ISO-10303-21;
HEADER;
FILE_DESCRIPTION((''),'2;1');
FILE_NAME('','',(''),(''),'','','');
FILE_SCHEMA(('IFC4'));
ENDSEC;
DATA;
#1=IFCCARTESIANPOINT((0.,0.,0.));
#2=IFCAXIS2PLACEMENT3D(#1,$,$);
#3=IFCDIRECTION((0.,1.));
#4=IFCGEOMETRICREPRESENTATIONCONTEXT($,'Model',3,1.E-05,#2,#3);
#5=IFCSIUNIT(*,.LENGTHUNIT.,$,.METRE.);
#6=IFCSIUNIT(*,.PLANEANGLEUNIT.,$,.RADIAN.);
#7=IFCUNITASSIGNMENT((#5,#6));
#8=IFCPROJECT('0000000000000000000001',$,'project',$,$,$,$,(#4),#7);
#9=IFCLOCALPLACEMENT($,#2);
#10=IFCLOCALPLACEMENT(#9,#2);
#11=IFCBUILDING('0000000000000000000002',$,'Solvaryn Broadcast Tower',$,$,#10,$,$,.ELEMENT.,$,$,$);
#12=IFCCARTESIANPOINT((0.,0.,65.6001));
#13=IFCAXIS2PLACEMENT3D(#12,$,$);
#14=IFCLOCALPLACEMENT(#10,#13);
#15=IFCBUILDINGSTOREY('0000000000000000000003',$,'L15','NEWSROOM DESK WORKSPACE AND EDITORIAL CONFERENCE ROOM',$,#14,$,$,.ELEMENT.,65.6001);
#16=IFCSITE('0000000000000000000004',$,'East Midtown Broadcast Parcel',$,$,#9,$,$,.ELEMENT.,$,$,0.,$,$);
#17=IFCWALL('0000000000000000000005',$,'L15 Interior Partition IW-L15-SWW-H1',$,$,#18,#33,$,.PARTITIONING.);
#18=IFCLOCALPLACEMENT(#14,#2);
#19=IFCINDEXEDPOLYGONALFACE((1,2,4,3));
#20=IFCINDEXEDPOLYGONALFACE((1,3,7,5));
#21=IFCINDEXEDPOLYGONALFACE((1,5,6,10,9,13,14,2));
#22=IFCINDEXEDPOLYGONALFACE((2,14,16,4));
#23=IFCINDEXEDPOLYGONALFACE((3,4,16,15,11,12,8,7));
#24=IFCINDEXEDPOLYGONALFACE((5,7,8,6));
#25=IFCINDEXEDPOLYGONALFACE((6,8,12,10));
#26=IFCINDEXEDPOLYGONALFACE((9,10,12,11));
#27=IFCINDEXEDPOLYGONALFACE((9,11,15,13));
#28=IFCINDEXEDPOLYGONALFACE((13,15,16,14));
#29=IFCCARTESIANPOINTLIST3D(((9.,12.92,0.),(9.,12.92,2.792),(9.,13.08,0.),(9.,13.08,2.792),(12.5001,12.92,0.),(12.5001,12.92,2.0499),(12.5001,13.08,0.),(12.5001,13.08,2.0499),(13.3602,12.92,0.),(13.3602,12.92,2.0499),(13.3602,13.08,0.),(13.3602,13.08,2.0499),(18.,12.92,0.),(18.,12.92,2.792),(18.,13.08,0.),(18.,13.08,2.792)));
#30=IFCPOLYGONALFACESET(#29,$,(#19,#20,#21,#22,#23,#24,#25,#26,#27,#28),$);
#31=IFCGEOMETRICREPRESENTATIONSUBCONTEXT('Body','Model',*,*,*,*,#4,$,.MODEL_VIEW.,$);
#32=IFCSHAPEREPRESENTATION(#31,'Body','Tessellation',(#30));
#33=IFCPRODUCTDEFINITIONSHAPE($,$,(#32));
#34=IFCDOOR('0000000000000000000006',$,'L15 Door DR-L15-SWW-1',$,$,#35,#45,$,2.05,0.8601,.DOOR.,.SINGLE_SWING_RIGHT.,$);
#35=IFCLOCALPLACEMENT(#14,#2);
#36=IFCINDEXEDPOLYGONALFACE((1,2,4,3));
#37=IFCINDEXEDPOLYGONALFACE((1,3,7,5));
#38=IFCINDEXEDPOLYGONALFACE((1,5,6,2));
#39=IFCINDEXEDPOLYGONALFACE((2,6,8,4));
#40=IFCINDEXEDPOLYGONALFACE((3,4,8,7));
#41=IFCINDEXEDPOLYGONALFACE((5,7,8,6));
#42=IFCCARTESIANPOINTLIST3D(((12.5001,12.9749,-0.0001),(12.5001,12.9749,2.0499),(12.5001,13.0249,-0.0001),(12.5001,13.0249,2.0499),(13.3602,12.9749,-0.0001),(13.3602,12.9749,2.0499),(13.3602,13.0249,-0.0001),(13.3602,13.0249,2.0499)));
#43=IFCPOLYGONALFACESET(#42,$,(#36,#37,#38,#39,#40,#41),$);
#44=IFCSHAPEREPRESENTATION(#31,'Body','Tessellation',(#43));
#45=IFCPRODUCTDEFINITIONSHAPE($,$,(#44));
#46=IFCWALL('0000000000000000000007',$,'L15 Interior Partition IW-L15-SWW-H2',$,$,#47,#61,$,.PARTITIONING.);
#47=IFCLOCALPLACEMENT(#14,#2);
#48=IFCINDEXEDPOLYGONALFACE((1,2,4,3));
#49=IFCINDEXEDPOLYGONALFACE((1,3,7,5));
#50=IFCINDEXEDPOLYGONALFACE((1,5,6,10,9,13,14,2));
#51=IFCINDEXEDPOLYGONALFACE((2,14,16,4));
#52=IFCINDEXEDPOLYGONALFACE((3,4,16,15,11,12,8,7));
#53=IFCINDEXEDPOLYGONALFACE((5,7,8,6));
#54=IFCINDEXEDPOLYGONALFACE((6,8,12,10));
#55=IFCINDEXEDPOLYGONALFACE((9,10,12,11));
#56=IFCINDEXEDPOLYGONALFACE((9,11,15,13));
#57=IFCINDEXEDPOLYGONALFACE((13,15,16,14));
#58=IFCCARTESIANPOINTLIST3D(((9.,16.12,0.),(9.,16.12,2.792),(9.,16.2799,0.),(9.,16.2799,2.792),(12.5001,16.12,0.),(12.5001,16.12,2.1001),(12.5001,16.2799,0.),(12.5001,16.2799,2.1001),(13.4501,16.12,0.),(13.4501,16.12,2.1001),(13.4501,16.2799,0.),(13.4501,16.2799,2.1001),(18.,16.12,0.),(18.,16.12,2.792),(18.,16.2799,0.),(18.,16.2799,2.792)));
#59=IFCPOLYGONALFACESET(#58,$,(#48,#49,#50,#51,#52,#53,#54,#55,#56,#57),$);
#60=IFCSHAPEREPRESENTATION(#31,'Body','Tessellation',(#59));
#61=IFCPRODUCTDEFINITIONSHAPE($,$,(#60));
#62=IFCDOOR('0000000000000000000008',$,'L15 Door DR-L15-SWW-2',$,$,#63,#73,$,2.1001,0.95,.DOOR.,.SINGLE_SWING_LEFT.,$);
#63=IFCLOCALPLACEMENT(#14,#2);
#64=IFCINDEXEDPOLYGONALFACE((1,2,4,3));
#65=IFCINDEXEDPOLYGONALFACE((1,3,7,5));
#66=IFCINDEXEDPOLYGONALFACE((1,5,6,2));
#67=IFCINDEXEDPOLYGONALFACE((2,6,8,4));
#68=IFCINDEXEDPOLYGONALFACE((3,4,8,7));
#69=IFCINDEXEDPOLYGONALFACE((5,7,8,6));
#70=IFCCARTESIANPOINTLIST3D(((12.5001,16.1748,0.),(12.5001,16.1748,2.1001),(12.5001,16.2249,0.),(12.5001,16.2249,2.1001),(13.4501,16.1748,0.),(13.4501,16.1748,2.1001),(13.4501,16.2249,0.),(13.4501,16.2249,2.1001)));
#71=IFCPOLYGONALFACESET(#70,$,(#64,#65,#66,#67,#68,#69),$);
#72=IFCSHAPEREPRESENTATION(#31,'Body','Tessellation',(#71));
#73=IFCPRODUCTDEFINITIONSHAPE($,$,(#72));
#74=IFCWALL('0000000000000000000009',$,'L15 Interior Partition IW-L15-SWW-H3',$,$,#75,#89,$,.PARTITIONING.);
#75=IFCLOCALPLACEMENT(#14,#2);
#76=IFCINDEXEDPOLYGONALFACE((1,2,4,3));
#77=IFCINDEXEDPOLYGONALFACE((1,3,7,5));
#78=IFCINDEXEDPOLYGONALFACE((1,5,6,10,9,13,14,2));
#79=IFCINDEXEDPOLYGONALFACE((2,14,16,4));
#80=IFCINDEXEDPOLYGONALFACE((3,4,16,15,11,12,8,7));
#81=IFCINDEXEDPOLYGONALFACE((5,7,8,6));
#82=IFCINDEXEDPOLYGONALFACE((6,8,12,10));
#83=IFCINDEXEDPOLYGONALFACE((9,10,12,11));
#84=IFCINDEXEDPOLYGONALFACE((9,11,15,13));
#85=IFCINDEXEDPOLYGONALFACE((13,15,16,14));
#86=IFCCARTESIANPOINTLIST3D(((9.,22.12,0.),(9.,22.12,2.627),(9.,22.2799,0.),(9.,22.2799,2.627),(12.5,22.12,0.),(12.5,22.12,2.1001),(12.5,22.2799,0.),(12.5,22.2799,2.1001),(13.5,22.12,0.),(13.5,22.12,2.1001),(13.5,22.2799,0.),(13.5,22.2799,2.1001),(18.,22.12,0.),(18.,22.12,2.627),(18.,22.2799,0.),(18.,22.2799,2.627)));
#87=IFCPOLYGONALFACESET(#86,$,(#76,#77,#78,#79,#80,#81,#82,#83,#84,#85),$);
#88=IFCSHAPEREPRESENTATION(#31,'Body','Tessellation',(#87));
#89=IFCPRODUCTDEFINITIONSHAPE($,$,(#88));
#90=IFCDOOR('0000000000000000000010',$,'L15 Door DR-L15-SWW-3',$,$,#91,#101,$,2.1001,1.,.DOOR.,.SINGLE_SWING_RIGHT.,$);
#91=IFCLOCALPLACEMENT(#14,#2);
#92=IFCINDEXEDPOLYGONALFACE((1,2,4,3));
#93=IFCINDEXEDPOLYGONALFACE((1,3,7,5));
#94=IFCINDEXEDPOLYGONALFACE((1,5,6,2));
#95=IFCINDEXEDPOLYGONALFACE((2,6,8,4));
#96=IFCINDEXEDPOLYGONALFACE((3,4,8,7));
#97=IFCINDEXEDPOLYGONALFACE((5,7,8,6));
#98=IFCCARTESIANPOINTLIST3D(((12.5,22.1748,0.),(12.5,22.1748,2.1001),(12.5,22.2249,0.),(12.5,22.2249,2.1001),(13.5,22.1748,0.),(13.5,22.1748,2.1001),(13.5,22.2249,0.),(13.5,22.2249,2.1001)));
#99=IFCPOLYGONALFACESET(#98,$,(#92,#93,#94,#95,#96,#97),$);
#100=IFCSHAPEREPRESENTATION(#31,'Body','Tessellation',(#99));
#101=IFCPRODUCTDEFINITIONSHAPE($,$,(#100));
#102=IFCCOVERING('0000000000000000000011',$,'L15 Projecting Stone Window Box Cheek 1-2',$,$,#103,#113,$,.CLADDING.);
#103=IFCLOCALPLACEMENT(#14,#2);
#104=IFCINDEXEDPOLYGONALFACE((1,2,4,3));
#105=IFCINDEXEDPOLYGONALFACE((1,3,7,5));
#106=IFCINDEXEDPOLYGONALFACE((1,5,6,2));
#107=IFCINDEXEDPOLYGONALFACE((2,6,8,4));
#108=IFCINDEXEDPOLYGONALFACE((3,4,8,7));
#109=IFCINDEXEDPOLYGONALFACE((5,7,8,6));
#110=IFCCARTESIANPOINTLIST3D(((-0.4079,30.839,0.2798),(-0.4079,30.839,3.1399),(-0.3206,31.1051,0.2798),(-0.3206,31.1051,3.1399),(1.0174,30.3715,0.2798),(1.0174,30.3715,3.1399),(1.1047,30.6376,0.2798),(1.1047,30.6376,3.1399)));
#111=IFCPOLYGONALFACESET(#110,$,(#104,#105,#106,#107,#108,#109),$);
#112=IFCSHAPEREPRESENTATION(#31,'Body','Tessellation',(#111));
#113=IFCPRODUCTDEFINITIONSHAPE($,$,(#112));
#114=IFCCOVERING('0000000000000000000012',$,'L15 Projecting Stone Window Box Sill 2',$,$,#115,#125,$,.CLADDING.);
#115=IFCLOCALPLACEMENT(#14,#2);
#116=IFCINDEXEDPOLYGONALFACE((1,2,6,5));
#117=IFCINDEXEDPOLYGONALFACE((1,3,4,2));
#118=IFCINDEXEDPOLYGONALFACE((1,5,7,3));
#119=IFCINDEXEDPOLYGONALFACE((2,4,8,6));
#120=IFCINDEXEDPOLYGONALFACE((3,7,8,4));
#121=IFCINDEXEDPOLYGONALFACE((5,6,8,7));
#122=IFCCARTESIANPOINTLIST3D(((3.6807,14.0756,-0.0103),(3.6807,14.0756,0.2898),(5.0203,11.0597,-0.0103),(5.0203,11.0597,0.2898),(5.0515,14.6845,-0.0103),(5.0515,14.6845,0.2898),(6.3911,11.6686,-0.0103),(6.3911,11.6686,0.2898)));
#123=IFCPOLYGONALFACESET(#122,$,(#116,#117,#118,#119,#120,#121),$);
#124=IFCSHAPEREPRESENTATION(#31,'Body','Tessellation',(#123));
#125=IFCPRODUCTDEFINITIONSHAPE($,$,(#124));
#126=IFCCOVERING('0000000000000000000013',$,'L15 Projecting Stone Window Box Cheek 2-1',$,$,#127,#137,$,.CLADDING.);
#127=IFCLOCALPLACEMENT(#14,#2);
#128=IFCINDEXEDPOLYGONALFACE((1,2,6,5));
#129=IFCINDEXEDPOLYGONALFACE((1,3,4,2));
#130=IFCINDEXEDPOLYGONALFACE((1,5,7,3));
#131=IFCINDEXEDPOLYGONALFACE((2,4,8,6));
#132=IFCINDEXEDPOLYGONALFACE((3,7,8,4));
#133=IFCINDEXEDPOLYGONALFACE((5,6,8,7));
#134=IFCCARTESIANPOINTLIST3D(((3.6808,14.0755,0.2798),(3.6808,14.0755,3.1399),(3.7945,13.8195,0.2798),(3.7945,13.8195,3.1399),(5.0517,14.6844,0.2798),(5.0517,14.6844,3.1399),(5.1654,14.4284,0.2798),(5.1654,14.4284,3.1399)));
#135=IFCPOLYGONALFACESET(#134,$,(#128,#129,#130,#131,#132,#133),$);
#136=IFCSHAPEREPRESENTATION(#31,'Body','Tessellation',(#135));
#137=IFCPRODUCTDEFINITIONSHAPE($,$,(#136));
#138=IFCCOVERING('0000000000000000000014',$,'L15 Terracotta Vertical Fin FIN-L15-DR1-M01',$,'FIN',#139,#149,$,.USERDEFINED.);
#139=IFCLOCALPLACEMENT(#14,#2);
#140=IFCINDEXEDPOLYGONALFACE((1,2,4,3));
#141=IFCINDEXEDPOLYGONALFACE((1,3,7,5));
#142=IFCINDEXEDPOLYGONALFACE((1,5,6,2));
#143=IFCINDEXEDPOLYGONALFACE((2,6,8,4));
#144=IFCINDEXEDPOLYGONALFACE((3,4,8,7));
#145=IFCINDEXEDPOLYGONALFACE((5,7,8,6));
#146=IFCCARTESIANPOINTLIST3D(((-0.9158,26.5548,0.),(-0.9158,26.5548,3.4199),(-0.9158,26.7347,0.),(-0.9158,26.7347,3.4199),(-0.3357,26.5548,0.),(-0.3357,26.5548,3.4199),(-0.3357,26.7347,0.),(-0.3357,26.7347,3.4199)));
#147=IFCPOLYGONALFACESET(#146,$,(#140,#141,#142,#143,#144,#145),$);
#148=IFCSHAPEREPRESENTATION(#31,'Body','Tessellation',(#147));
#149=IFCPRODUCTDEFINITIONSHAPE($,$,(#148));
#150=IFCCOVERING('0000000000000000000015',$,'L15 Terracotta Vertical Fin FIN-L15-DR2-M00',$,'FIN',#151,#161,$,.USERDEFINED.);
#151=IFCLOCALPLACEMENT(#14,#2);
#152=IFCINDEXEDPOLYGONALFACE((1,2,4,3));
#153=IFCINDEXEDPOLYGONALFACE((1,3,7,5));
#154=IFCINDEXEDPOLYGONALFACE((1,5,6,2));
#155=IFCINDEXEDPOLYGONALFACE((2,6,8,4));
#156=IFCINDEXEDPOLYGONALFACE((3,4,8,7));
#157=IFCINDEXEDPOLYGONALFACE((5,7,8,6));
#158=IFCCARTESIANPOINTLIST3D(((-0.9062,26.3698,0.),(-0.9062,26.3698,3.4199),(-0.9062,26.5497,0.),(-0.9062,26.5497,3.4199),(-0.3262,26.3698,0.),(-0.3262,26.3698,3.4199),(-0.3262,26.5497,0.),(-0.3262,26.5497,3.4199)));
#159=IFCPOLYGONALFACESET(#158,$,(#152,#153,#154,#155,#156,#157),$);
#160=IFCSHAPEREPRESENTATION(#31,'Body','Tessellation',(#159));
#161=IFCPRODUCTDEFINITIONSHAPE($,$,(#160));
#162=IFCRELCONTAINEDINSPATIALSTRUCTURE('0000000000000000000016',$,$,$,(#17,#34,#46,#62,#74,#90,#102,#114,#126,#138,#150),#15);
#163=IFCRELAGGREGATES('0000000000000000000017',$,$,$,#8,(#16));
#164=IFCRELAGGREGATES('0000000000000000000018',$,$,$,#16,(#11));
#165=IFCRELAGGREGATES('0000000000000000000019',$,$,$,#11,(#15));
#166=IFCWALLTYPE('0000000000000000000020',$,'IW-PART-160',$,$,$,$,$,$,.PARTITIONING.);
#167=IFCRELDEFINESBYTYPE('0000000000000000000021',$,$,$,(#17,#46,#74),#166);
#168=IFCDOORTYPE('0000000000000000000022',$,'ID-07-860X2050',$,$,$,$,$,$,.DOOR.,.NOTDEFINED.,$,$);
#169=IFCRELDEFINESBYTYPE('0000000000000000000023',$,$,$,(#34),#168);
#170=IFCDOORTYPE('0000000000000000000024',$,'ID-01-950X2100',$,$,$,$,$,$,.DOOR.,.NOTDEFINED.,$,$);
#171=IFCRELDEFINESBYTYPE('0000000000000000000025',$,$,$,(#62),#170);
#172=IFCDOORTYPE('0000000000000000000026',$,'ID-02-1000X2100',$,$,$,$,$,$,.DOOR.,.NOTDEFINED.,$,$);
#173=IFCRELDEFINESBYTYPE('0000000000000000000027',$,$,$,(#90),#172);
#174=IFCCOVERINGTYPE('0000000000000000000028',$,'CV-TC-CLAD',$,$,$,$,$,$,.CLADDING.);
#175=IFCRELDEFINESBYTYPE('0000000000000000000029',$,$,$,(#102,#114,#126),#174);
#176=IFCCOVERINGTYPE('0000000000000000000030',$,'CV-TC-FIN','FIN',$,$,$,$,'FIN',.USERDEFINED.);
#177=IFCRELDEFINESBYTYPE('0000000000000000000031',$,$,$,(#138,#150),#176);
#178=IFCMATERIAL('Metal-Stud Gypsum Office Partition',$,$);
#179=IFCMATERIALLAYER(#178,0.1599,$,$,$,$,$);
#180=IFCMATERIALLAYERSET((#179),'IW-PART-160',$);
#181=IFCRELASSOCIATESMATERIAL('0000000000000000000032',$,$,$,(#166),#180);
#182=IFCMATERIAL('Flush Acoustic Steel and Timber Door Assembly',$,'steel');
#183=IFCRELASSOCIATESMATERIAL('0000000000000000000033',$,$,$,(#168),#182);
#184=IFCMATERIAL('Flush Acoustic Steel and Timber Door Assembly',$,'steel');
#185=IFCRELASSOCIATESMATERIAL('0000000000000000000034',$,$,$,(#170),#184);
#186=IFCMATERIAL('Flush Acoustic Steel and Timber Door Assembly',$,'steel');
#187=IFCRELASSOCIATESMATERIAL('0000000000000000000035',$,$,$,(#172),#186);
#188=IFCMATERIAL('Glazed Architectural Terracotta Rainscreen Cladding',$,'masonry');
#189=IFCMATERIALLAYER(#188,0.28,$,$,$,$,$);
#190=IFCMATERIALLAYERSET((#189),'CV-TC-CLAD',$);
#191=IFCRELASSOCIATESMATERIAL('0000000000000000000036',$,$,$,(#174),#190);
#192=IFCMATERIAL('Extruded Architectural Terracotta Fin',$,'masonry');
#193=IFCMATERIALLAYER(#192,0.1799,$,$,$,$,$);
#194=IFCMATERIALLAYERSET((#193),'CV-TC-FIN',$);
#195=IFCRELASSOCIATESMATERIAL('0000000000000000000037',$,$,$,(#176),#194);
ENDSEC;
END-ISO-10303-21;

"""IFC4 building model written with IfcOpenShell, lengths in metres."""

from ifc_helpers import new_model, si_unit, direction, frame, frame_2d, origin, origin_2d, place, context, subcontext, project, spatial, rectangle, extrude, material, layer, layer_set, type_object, element, fill, save


model = new_model("IFC4")

# Units and contexts
model_context = context("Model", 3, precision=1e-05, world=origin(), true_north=direction((0.0, 1.0)))
body_context = subcontext(model_context, "Body", "Model", "MODEL_VIEW")
ifc_project = project(units=[si_unit("LENGTHUNIT", "METRE"), si_unit("PLANEANGLEUNIT", "RADIAN")], contexts=[model_context])

# Site, building, storey
site_placement = place(None, origin())
site = spatial("IfcSite", under=ifc_project, at=site_placement, Name="East Midtown Broadcast Parcel", CompositionType="ELEMENT", RefElevation=0.0)
building_placement = place(site_placement, origin())
building = spatial("IfcBuilding", under=site, at=building_placement, Name="Solvaryn Broadcast Tower", CompositionType="ELEMENT")
storey_placement = place(building_placement, frame((0.0, 0.0, 65.6001)))
storey = spatial("IfcBuildingStorey", under=building, at=storey_placement, Name="L15", Description="NEWSROOM DESK WORKSPACE AND EDITORIAL CONFERENCE ROOM", CompositionType="ELEMENT", Elevation=65.6001)

# Shared definitions
ifc_material_1 = material(Name="Metal-Stud Gypsum Office Partition")
ifc_layer_1 = layer(ifc_material_1, 0.1599)
ifc_layer_set_1 = layer_set([ifc_layer_1], Name="IW-PART-160")
wall_type = type_object("IfcWallType", Name="IW-PART-160", PredefinedType="PARTITIONING", material=ifc_layer_set_1)

# Walls, openings, doors
wall_1_placement = place(storey_placement, frame((9.0, 13.0, 0.0), z_axis=(0.0, 0.0, 1.0), x_axis=(1.0, 0.0, 0.0)))
wall_1 = element("IfcWall", 1, at=wall_1_placement, inside=storey, type_object=wall_type, Name="L15 Interior Partition IW-L15-SWW-H1", PredefinedType="PARTITIONING", context=body_context, shape_type="SweptSolid", body=[
    extrude(rectangle(XDim=9.0, YDim=0.1599, at=frame_2d((4.5, 0.0))), origin(), (0.0, 0.0, 1.0), 2.792),
])
opening_1_placement = place(wall_1_placement, frame((3.5, 0.0, 0.0)))
opening_1 = element("IfcOpeningElement", 2, at=opening_1_placement, cuts=wall_1, PredefinedType="OPENING", context=body_context, shape_type="SweptSolid", body=[
    extrude(rectangle(XDim=0.8601, YDim=2.05, at=frame_2d((0.4302, 1.0249))), frame((0.0, 0.0901, 0.0), z_axis=(0.0, -1.0, 0.0), x_axis=(1.0, 0.0, 0.0)), (0.0, 0.0, 1.0), 0.1799),
])
ifc_material_2 = material(Name="Flush Acoustic Steel and Timber Door Assembly", Category="steel")
door_type_1 = type_object("IfcDoorType", Name="ID-07-860X2050", OperationType="NOTDEFINED", PredefinedType="DOOR", material=ifc_material_2)
door_1_placement = place(opening_1_placement, origin())
door_1 = element("IfcDoor", 3, at=door_1_placement, inside=storey, type_object=door_type_1, Name="L15 Door DR-L15-SWW-1", OperationType="SINGLE_SWING_RIGHT", OverallHeight=2.05, OverallWidth=0.8601, PredefinedType="DOOR", context=body_context, shape_type="SweptSolid", body=[
    extrude(rectangle(XDim=0.8601, YDim=2.05, at=frame_2d((0.4302, 1.0249))), frame((0.0, 0.0249, 0.0), z_axis=(0.0, -1.0, 0.0), x_axis=(1.0, 0.0, 0.0)), (0.0, 0.0, 1.0), 0.05),
])
fill(opening_1, door_1)
wall_2_placement = place(storey_placement, frame((9.0, 16.2, 0.0), z_axis=(0.0, 0.0, 1.0), x_axis=(1.0, 0.0, 0.0)))
wall_2 = element("IfcWall", 4, at=wall_2_placement, inside=storey, type_object=wall_type, Name="L15 Interior Partition IW-L15-SWW-H2", PredefinedType="PARTITIONING", context=body_context, shape_type="SweptSolid", body=[
    extrude(rectangle(XDim=9.0, YDim=0.1599, at=frame_2d((4.5, 0.0))), origin(), (0.0, 0.0, 1.0), 2.792),
])
opening_2_placement = place(wall_2_placement, frame((3.5, 0.0, 0.0)))
opening_2 = element("IfcOpeningElement", 5, at=opening_2_placement, cuts=wall_2, PredefinedType="OPENING", context=body_context, shape_type="SweptSolid", body=[
    extrude(rectangle(XDim=0.95, YDim=2.1001, at=frame_2d((0.4751, 1.05))), frame((0.0, 0.0901, 0.0), z_axis=(0.0, -1.0, 0.0), x_axis=(1.0, 0.0, 0.0)), (0.0, 0.0, 1.0), 0.1799),
])
ifc_material_3 = material(Name="Flush Acoustic Steel and Timber Door Assembly", Category="steel")
door_type_2 = type_object("IfcDoorType", Name="ID-01-950X2100", OperationType="NOTDEFINED", PredefinedType="DOOR", material=ifc_material_3)
door_2_placement = place(opening_2_placement, origin())
door_2 = element("IfcDoor", 6, at=door_2_placement, inside=storey, type_object=door_type_2, Name="L15 Door DR-L15-SWW-2", OperationType="SINGLE_SWING_LEFT", OverallHeight=2.1001, OverallWidth=0.95, PredefinedType="DOOR", context=body_context, shape_type="SweptSolid", body=[
    extrude(rectangle(XDim=0.95, YDim=2.1001, at=frame_2d((0.4751, 1.05))), frame((0.0, 0.0249, 0.0), z_axis=(0.0, -1.0, 0.0), x_axis=(1.0, 0.0, 0.0)), (0.0, 0.0, 1.0), 0.05),
])
fill(opening_2, door_2)
wall_3_placement = place(storey_placement, frame((9.0, 22.2, 0.0), z_axis=(0.0, 0.0, 1.0), x_axis=(1.0, 0.0, 0.0)))
wall_3 = element("IfcWall", 7, at=wall_3_placement, inside=storey, type_object=wall_type, Name="L15 Interior Partition IW-L15-SWW-H3", PredefinedType="PARTITIONING", context=body_context, shape_type="SweptSolid", body=[
    extrude(rectangle(XDim=9.0, YDim=0.1599, at=frame_2d((4.5, 0.0))), origin(), (0.0, 0.0, 1.0), 2.627),
])
opening_3_placement = place(wall_3_placement, frame((3.5, 0.0, 0.0)))
opening_3 = element("IfcOpeningElement", 8, at=opening_3_placement, cuts=wall_3, PredefinedType="OPENING", context=body_context, shape_type="SweptSolid", body=[
    extrude(rectangle(XDim=1.0, YDim=2.1001, at=frame_2d((0.5, 1.05))), frame((0.0, 0.0901, 0.0), z_axis=(0.0, -1.0, 0.0), x_axis=(1.0, 0.0, 0.0)), (0.0, 0.0, 1.0), 0.1799),
])
ifc_material_4 = material(Name="Flush Acoustic Steel and Timber Door Assembly", Category="steel")
door_type_3 = type_object("IfcDoorType", Name="ID-02-1000X2100", OperationType="NOTDEFINED", PredefinedType="DOOR", material=ifc_material_4)
door_3_placement = place(opening_3_placement, origin())
door_3 = element("IfcDoor", 9, at=door_3_placement, inside=storey, type_object=door_type_3, Name="L15 Door DR-L15-SWW-3", OperationType="SINGLE_SWING_RIGHT", OverallHeight=2.1001, OverallWidth=1.0, PredefinedType="DOOR", context=body_context, shape_type="SweptSolid", body=[
    extrude(rectangle(XDim=1.0, YDim=2.1001, at=frame_2d((0.5, 1.05))), frame((0.0, 0.0249, 0.0), z_axis=(0.0, -1.0, 0.0), x_axis=(1.0, 0.0, 0.0)), (0.0, 0.0, 1.0), 0.05),
])
fill(opening_3, door_3)

# Coverings
ifc_material_5 = material(Name="Glazed Architectural Terracotta Rainscreen Cladding", Category="masonry")
ifc_layer_2 = layer(ifc_material_5, 0.28)
ifc_layer_set_2 = layer_set([ifc_layer_2], Name="CV-TC-CLAD")
covering_type_1 = type_object("IfcCoveringType", Name="CV-TC-CLAD", PredefinedType="CLADDING", material=ifc_layer_set_2)
covering_1_placement = place(storey_placement, frame((0.3484, 30.7383, 0.2798), z_axis=(0.0, 0.0, 1.0), x_axis=(-0.311672, -0.95019, 0.0)))
element("IfcCovering", 10, at=covering_1_placement, inside=storey, type_object=covering_type_1, Name="L15 Projecting Stone Window Box Cheek 1-2", PredefinedType="CLADDING", context=body_context, shape_type="SweptSolid", body=[
    extrude(rectangle(XDim=0.28, YDim=1.5, at=origin_2d()), origin(), (0.0, 0.0, 1.0), 2.8601),
])
covering_2_placement = place(storey_placement, frame((5.0359, 12.8721, -0.0103), z_axis=(0.0, 0.0, 1.0), x_axis=(0.405939, -0.9139, 0.0)))
element("IfcCovering", 11, at=covering_2_placement, inside=storey, type_object=covering_type_1, Name="L15 Projecting Stone Window Box Sill 2", PredefinedType="CLADDING", context=body_context, shape_type="SweptSolid", body=[
    extrude(rectangle(XDim=3.3, YDim=1.5, at=origin_2d()), origin(), (0.0, 0.0, 1.0), 0.3),
])
covering_3_placement = place(storey_placement, frame((4.4231, 14.252, 0.2798), z_axis=(0.0, 0.0, 1.0), x_axis=(0.405939, -0.9139, 0.0)))
element("IfcCovering", 12, at=covering_3_placement, inside=storey, type_object=covering_type_1, Name="L15 Projecting Stone Window Box Cheek 2-1", PredefinedType="CLADDING", context=body_context, shape_type="SweptSolid", body=[
    extrude(rectangle(XDim=0.28, YDim=1.5, at=origin_2d()), origin(), (0.0, 0.0, 1.0), 2.8601),
])
ifc_material_6 = material(Name="Extruded Architectural Terracotta Fin", Category="masonry")
ifc_layer_3 = layer(ifc_material_6, 0.1799)
ifc_layer_set_3 = layer_set([ifc_layer_3], Name="CV-TC-FIN")
covering_type_2 = type_object("IfcCoveringType", Name="CV-TC-FIN", Description="FIN", ElementType="FIN", PredefinedType="USERDEFINED", material=ifc_layer_set_3)
for number, where, z_axis, x_axis, name in (
    (13, (-0.6257, 26.6448, 0.0), (0.0, 0.0, 1.0), (1.0, 0.0, 0.0), "L15 Terracotta Vertical Fin FIN-L15-DR1-M01"),
    (14, (-0.6162, 26.4597, 0.0), (0.0, 0.0, 1.0), (1.0, 0.0, 0.0), "L15 Terracotta Vertical Fin FIN-L15-DR2-M00"),
):
    element("IfcCovering", number, at=place(storey_placement, frame(where, z_axis=z_axis, x_axis=x_axis)), inside=storey, type_object=covering_type_2, Name=name, ObjectType="FIN", PredefinedType="USERDEFINED", context=body_context, shape_type="SweptSolid", body=[
        extrude(rectangle(XDim=0.5801, YDim=0.1799, at=origin_2d()), origin(), (0.0, 0.0, 1.0), 3.4199),
    ])

save(model, "model.ifc")
